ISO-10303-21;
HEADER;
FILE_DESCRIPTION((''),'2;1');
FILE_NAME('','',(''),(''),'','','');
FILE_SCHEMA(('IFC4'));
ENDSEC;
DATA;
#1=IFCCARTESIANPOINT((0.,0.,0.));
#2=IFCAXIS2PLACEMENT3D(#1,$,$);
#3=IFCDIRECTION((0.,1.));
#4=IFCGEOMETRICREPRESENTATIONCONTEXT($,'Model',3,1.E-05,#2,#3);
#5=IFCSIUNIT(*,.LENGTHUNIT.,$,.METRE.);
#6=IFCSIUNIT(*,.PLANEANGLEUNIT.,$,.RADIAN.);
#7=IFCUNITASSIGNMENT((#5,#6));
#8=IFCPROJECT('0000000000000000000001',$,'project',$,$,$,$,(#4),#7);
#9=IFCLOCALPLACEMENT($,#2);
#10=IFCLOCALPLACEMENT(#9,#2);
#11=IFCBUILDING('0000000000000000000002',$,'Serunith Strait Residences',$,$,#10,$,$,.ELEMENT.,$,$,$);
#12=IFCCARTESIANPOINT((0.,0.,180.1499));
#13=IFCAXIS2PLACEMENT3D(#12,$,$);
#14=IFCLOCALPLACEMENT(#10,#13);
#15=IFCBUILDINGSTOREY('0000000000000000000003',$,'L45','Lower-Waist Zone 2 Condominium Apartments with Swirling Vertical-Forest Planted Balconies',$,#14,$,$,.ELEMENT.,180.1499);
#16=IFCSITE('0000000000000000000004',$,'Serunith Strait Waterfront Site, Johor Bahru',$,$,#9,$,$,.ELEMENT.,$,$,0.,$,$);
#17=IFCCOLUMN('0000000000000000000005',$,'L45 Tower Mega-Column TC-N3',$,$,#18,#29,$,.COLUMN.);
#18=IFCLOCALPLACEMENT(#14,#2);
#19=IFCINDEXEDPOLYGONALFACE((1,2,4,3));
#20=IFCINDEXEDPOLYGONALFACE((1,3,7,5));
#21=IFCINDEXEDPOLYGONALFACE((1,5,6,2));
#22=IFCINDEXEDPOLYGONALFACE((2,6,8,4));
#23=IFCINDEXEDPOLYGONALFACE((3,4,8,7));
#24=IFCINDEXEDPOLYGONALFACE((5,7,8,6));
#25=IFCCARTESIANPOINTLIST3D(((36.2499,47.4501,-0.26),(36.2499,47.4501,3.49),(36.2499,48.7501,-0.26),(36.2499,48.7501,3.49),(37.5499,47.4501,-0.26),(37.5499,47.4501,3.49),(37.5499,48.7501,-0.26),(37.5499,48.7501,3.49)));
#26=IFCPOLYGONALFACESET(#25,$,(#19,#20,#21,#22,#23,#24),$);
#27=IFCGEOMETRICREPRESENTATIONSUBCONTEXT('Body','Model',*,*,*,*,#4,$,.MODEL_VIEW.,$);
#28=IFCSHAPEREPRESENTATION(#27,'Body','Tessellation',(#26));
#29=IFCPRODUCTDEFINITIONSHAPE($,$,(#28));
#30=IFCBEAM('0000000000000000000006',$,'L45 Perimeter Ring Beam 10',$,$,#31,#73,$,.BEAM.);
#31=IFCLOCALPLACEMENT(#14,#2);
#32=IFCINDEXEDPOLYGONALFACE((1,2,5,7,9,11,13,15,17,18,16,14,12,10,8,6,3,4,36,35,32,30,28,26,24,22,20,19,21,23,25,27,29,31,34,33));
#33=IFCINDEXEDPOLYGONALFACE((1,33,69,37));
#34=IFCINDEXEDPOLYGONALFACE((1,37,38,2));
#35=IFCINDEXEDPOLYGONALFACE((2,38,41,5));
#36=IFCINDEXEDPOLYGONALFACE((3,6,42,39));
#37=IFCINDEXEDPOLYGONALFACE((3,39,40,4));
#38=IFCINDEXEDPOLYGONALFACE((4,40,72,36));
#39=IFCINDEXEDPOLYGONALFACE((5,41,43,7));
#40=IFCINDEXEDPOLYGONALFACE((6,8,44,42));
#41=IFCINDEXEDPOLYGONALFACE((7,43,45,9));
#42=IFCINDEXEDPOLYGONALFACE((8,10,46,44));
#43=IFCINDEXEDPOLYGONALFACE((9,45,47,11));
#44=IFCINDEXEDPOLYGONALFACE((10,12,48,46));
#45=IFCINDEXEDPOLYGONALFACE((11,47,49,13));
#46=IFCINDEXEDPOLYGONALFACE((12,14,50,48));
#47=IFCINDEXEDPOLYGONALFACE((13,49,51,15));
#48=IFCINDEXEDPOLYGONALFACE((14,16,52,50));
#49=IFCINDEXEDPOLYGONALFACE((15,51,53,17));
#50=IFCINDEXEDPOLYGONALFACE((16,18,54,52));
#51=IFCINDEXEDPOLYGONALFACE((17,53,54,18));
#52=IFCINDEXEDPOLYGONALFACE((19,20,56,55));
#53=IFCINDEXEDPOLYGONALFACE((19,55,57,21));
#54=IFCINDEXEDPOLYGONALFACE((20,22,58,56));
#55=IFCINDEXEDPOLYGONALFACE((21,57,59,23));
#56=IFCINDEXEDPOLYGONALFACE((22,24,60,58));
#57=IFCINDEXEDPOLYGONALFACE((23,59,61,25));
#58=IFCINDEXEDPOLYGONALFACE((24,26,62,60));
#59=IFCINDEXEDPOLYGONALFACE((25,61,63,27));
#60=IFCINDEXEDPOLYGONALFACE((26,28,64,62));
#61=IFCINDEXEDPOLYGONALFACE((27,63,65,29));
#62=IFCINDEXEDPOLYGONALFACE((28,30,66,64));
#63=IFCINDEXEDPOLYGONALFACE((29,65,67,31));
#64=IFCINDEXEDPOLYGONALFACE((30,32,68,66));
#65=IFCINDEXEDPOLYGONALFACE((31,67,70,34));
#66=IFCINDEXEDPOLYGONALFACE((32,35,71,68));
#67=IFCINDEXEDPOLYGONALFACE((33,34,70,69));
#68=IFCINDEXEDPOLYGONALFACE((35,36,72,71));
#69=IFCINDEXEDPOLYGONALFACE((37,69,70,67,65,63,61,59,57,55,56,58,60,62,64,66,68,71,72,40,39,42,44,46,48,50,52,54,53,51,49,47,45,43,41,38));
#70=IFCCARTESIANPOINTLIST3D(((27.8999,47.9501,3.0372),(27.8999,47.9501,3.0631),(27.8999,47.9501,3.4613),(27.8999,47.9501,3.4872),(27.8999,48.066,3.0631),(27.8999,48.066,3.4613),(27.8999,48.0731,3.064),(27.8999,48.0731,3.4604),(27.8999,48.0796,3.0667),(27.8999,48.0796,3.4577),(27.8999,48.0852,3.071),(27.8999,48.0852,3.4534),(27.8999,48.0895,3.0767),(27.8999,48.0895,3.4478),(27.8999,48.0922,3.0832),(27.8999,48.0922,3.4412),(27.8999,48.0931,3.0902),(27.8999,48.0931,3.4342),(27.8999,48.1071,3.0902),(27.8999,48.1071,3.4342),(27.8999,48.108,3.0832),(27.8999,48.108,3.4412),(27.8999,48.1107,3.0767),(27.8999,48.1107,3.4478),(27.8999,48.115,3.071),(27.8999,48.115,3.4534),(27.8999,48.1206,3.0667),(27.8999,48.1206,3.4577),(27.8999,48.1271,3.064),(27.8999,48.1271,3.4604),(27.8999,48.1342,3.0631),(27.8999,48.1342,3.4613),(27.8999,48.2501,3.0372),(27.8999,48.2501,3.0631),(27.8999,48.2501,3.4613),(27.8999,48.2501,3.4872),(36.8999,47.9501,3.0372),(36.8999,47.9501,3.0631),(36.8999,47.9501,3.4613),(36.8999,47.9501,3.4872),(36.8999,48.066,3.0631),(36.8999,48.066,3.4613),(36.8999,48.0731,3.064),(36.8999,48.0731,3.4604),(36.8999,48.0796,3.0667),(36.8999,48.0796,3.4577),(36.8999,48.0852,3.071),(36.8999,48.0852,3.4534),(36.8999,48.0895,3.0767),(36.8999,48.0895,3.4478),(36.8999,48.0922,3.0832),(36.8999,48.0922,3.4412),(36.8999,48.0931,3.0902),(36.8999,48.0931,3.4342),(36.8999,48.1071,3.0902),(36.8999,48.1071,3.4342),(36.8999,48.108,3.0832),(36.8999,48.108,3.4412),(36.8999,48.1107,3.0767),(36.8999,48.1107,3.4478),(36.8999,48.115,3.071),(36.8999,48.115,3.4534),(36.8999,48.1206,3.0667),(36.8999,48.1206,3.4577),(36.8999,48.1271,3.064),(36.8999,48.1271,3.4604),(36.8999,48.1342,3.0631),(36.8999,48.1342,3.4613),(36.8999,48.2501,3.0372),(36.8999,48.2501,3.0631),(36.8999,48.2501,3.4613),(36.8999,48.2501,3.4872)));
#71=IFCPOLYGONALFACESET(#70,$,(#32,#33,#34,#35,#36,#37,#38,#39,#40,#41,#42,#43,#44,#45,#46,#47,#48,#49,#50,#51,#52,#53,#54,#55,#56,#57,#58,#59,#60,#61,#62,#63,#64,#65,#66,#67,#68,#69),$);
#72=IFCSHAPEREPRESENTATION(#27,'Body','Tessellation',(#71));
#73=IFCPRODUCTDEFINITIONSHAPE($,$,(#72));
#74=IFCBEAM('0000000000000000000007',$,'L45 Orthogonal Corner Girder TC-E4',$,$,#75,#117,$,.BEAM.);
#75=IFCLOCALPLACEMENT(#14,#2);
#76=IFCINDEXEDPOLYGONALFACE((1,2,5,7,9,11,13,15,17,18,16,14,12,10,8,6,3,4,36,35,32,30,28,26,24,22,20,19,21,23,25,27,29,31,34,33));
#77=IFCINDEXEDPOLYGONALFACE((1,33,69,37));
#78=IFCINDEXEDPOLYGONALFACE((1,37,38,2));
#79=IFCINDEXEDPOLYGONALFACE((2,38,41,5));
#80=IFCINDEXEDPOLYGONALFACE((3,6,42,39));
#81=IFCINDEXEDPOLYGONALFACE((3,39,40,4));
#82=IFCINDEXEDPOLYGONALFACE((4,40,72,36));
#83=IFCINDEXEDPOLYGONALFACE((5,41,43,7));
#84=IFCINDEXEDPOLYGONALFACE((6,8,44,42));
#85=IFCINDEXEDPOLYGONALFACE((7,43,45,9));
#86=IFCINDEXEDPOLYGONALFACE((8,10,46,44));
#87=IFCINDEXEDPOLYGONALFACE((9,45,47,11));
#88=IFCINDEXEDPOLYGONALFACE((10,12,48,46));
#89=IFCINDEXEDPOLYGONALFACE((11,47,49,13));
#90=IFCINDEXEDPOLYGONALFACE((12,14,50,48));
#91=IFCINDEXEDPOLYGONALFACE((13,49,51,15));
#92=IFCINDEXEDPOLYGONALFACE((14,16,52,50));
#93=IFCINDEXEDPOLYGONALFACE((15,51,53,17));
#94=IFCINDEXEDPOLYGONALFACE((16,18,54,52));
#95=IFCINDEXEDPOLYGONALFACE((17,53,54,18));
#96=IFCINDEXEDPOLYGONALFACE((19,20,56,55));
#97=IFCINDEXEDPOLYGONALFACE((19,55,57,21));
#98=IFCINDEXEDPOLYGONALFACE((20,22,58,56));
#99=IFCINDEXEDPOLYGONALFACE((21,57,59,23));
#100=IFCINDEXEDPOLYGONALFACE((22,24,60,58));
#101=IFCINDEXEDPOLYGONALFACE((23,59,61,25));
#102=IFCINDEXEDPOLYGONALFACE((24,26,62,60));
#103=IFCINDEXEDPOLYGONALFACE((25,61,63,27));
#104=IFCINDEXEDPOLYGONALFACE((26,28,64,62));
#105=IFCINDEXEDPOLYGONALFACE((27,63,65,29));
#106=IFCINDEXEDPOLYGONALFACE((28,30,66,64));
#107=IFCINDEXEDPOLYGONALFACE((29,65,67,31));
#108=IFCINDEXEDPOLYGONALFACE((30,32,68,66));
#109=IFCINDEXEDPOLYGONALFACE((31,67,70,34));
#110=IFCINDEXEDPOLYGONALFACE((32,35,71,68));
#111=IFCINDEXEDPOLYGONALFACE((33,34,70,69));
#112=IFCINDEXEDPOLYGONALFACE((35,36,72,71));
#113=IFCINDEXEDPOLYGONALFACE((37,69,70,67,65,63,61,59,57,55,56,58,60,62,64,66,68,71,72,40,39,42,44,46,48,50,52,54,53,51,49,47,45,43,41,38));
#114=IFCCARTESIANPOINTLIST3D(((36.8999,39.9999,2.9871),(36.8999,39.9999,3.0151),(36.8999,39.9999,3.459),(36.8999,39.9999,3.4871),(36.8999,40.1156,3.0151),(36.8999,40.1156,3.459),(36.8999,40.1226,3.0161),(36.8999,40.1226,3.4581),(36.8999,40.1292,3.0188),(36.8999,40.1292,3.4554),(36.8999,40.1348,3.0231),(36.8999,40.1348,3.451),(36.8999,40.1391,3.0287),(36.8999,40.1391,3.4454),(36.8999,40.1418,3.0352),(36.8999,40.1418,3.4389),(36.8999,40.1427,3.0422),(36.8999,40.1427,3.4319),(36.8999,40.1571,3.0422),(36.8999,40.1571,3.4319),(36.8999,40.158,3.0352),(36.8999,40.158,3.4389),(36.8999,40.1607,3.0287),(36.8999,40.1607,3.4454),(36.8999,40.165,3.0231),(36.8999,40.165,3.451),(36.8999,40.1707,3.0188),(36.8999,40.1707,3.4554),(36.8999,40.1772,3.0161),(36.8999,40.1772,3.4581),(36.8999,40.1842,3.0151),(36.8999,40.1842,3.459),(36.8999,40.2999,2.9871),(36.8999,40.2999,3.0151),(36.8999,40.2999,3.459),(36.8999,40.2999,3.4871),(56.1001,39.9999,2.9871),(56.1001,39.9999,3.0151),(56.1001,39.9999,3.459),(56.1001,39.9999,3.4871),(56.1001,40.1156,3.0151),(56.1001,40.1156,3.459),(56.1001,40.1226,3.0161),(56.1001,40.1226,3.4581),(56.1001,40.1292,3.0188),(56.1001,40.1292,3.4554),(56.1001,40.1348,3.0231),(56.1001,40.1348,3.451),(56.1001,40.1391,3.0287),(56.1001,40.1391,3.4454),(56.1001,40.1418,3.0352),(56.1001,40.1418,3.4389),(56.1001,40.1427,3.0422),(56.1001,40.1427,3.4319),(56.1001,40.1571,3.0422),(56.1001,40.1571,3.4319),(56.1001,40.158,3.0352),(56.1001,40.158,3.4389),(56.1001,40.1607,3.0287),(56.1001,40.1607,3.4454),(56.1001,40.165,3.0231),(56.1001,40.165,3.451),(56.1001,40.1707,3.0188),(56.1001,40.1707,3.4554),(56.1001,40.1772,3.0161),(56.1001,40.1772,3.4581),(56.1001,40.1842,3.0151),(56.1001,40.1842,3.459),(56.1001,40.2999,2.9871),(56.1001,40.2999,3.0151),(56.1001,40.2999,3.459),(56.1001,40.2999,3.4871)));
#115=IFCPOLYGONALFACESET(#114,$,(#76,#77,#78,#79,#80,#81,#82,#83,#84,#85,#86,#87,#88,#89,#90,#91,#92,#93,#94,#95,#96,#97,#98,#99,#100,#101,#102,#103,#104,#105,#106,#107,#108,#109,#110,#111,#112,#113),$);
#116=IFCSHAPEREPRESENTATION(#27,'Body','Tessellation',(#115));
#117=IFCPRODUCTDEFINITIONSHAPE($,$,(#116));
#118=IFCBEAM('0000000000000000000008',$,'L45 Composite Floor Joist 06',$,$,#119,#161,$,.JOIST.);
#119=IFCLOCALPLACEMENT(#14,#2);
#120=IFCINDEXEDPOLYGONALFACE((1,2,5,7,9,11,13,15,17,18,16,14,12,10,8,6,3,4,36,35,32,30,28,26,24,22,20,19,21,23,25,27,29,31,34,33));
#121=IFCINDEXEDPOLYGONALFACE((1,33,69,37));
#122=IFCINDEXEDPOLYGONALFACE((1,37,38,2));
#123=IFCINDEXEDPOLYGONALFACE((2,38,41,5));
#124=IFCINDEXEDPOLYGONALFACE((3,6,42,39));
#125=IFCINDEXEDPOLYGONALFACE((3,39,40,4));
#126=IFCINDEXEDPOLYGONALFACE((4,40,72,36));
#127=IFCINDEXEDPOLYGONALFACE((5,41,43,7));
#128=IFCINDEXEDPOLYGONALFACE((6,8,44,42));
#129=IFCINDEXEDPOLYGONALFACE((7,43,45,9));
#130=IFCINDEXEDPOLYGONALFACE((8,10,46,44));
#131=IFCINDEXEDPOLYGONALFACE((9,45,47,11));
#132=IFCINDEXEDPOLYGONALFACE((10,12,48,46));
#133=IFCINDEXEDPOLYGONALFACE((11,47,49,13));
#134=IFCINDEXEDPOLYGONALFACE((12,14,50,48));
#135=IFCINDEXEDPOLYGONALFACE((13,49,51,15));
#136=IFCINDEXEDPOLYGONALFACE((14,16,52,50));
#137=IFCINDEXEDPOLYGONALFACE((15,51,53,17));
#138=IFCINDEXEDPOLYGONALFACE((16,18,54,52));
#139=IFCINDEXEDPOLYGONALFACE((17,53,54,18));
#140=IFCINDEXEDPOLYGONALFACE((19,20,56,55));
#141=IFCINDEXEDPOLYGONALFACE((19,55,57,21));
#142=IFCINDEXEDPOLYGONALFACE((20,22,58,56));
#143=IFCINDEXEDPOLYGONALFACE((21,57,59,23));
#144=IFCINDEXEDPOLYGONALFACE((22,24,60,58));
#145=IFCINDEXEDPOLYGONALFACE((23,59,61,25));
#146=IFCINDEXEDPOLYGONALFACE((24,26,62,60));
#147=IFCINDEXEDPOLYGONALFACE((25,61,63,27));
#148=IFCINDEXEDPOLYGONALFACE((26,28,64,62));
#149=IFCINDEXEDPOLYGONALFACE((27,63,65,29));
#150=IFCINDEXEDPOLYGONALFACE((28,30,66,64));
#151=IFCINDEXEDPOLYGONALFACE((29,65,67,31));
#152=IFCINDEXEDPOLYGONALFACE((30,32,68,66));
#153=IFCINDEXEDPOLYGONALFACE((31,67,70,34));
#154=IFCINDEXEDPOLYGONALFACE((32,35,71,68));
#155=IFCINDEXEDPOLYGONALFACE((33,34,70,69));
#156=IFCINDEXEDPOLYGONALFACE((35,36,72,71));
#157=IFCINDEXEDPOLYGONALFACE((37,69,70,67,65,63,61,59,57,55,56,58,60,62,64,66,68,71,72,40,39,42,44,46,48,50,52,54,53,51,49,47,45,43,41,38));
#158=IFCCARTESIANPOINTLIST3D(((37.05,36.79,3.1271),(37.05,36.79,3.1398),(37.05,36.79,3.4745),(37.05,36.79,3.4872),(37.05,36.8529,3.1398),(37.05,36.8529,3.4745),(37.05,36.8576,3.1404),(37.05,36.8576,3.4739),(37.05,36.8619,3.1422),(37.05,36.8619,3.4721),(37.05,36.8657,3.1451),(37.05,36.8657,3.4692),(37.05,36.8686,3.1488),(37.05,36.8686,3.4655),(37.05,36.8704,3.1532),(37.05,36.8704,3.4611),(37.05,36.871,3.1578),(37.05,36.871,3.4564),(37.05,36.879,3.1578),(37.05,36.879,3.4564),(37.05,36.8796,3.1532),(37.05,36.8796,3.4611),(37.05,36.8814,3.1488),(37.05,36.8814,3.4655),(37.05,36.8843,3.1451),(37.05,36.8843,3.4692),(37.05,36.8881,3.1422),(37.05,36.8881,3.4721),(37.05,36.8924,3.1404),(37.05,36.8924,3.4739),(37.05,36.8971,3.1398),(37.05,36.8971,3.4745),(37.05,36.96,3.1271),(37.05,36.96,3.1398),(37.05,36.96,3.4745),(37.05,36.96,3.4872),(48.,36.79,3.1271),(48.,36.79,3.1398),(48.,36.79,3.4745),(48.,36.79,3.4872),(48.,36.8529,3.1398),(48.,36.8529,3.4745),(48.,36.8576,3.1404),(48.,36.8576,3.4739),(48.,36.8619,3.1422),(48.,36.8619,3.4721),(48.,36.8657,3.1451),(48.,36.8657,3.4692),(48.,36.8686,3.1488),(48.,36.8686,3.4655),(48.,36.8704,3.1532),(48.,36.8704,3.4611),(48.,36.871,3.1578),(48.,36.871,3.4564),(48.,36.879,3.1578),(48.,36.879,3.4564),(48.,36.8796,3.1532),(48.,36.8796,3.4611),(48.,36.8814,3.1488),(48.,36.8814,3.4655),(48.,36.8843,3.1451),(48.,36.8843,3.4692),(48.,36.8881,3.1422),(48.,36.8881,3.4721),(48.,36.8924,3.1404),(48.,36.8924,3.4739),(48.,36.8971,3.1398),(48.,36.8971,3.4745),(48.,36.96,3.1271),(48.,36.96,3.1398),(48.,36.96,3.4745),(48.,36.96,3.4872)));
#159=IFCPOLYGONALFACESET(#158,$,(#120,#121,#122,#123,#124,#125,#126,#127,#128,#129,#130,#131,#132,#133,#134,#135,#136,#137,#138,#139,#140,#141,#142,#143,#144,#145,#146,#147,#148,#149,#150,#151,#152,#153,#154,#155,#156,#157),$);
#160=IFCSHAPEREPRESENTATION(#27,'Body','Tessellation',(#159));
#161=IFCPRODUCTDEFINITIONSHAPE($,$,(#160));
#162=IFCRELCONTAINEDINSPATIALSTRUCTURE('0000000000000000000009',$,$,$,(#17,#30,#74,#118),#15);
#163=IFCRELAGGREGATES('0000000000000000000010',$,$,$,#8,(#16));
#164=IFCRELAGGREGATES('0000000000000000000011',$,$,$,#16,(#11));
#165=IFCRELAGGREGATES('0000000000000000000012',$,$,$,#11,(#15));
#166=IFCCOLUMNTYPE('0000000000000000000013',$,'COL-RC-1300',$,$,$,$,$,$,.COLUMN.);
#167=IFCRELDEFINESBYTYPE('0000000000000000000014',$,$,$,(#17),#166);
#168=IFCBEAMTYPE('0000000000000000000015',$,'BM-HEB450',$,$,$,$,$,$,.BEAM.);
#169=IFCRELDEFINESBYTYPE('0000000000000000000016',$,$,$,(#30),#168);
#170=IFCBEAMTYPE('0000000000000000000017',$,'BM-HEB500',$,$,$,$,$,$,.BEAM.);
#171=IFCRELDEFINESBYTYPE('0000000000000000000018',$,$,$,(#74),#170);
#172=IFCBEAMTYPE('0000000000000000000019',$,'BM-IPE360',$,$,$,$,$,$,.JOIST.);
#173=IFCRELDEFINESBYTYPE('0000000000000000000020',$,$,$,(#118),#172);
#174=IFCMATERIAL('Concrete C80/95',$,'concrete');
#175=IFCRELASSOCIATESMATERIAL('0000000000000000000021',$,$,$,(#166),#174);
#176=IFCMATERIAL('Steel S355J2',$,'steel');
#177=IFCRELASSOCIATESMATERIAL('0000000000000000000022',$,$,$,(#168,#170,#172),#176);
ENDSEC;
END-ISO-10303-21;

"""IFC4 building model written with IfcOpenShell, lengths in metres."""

from ifc_helpers import new_model, si_unit, direction, frame, origin, origin_2d, place, context, subcontext, project, spatial, rectangle, i_section, extrude, source, transform, mapped, material, material_profile, profile_set, type_object, element, save


model = new_model("IFC4")

# Units and contexts
model_context = context("Model", 3, precision=1e-05, world=origin(), true_north=direction((0.0, 1.0)))
body_context = subcontext(model_context, "Body", "Model", "MODEL_VIEW")
ifc_project = project(units=[si_unit("LENGTHUNIT", "METRE"), si_unit("PLANEANGLEUNIT", "RADIAN")], contexts=[model_context])

# Site, building, storey
site_placement = place(None, origin())
site = spatial("IfcSite", under=ifc_project, at=site_placement, Name="Serunith Strait Waterfront Site, Johor Bahru", CompositionType="ELEMENT", RefElevation=0.0)
building_placement = place(site_placement, origin())
building = spatial("IfcBuilding", under=site, at=building_placement, Name="Serunith Strait Residences", CompositionType="ELEMENT")
storey_placement = place(building_placement, frame((0.0, 0.0, 180.1499)))
storey = spatial("IfcBuildingStorey", under=building, at=storey_placement, Name="L45", Description="Lower-Waist Zone 2 Condominium Apartments with Swirling Vertical-Forest Planted Balconies", CompositionType="ELEMENT", Elevation=180.1499)

# Column
ifc_material_1 = material(Name="Concrete C80/95", Category="concrete")
ifc_material_profile_1 = material_profile(ifc_material_1, rectangle(XDim=1.3, YDim=1.3, at=origin_2d()), Name="RC 1300x1300")
ifc_profile_set_1 = profile_set([ifc_material_profile_1], Name="Concrete C80/95")
column_type = type_object("IfcColumnType", Name="COL-RC-1300", PredefinedType="COLUMN", material=ifc_profile_set_1)
shared_shape_1 = source(origin(), body_context, "Body", "SweptSolid", [
    extrude(rectangle(XDim=1.3, YDim=1.3, at=origin_2d()), origin(), (0.0, 0.0, 1.0), 3.75),
])
column_placement = place(storey_placement, frame((36.8999, 48.1001, -0.26), z_axis=(0.0, 0.0, 1.0), x_axis=(1.0, 0.0, 0.0)))
element("IfcColumn", 1, at=column_placement, inside=storey, type_object=column_type, Name="L45 Tower Mega-Column TC-N3", PredefinedType="COLUMN", context=body_context, shape_type="MappedRepresentation", body=[
    mapped(shared_shape_1, transform((0.0, 0.0, 0.0), scale=1.0)),
])

# Beams
ifc_material_2 = material(Name="Steel S355J2", Category="steel")
ifc_material_profile_2 = material_profile(ifc_material_2, i_section(OverallWidth=0.3, OverallDepth=0.45, WebThickness=0.0139, FlangeThickness=0.0259, FilletRadius=0.0271, at=origin_2d()), Name="HEB 450")
ifc_profile_set_2 = profile_set([ifc_material_profile_2], Name="Steel S355J2")
beam_type_1 = type_object("IfcBeamType", Name="BM-HEB450", PredefinedType="BEAM", material=ifc_profile_set_2)
shared_shape_2 = source(origin(), body_context, "Body", "SweptSolid", [
    extrude(i_section(OverallWidth=0.3, OverallDepth=0.45, WebThickness=0.0139, FlangeThickness=0.0259, FilletRadius=0.0271, at=origin_2d()), origin(), (0.0, 0.0, 1.0), 9.0),
])
beam_1_placement = place(storey_placement, frame((36.8999, 48.1001, 3.2622), z_axis=(-1.0, 0.0, 0.0), x_axis=(0.0, -1.0, 0.0)))
element("IfcBeam", 2, at=beam_1_placement, inside=storey, type_object=beam_type_1, Name="L45 Perimeter Ring Beam 10", PredefinedType="BEAM", context=body_context, shape_type="MappedRepresentation", body=[
    mapped(shared_shape_2, transform((0.0, 0.0, 0.0), scale=1.0)),
])
ifc_material_profile_3 = material_profile(ifc_material_2, i_section(OverallWidth=0.3, OverallDepth=0.5, WebThickness=0.0144, FlangeThickness=0.0281, FilletRadius=0.0271, at=origin_2d()), Name="HEB 500")
ifc_profile_set_3 = profile_set([ifc_material_profile_3], Name="Steel S355J2")
beam_type_2 = type_object("IfcBeamType", Name="BM-HEB500", PredefinedType="BEAM", material=ifc_profile_set_3)
shared_shape_3 = source(origin(), body_context, "Body", "SweptSolid", [
    extrude(i_section(OverallWidth=0.3, OverallDepth=0.5, WebThickness=0.0144, FlangeThickness=0.0281, FilletRadius=0.0271, at=origin_2d()), origin(), (0.0, 0.0, 1.0), 19.2002),
])
beam_2_placement = place(storey_placement, frame((36.8999, 40.1499, 3.2371), z_axis=(1.0, 0.0, 0.0), x_axis=(0.0, 1.0, 0.0)))
element("IfcBeam", 3, at=beam_2_placement, inside=storey, type_object=beam_type_2, Name="L45 Orthogonal Corner Girder TC-E4", PredefinedType="BEAM", context=body_context, shape_type="MappedRepresentation", body=[
    mapped(shared_shape_3, transform((0.0, 0.0, 0.0), scale=1.0)),
])
ifc_material_profile_4 = material_profile(ifc_material_2, i_section(OverallWidth=0.1699, OverallDepth=0.3601, WebThickness=0.0081, FlangeThickness=0.0127, FilletRadius=0.0181, at=origin_2d()), Name="IPE 360")
ifc_profile_set_4 = profile_set([ifc_material_profile_4], Name="Steel S355J2")
beam_type_3 = type_object("IfcBeamType", Name="BM-IPE360", PredefinedType="JOIST", material=ifc_profile_set_4)
shared_shape_4 = source(origin(), body_context, "Body", "SweptSolid", [
    extrude(i_section(OverallWidth=0.1699, OverallDepth=0.3601, WebThickness=0.0081, FlangeThickness=0.0127, FilletRadius=0.0181, at=origin_2d()), origin(), (0.0, 0.0, 1.0), 10.95),
])
beam_3_placement = place(storey_placement, frame((37.05, 36.875, 3.3071), z_axis=(1.0, 0.0, 0.0), x_axis=(0.0, 1.0, 0.0)))
element("IfcBeam", 4, at=beam_3_placement, inside=storey, type_object=beam_type_3, Name="L45 Composite Floor Joist 06", PredefinedType="JOIST", context=body_context, shape_type="MappedRepresentation", body=[
    mapped(shared_shape_4, transform((0.0, 0.0, 0.0), scale=1.0)),
])

save(model, "model.ifc")
